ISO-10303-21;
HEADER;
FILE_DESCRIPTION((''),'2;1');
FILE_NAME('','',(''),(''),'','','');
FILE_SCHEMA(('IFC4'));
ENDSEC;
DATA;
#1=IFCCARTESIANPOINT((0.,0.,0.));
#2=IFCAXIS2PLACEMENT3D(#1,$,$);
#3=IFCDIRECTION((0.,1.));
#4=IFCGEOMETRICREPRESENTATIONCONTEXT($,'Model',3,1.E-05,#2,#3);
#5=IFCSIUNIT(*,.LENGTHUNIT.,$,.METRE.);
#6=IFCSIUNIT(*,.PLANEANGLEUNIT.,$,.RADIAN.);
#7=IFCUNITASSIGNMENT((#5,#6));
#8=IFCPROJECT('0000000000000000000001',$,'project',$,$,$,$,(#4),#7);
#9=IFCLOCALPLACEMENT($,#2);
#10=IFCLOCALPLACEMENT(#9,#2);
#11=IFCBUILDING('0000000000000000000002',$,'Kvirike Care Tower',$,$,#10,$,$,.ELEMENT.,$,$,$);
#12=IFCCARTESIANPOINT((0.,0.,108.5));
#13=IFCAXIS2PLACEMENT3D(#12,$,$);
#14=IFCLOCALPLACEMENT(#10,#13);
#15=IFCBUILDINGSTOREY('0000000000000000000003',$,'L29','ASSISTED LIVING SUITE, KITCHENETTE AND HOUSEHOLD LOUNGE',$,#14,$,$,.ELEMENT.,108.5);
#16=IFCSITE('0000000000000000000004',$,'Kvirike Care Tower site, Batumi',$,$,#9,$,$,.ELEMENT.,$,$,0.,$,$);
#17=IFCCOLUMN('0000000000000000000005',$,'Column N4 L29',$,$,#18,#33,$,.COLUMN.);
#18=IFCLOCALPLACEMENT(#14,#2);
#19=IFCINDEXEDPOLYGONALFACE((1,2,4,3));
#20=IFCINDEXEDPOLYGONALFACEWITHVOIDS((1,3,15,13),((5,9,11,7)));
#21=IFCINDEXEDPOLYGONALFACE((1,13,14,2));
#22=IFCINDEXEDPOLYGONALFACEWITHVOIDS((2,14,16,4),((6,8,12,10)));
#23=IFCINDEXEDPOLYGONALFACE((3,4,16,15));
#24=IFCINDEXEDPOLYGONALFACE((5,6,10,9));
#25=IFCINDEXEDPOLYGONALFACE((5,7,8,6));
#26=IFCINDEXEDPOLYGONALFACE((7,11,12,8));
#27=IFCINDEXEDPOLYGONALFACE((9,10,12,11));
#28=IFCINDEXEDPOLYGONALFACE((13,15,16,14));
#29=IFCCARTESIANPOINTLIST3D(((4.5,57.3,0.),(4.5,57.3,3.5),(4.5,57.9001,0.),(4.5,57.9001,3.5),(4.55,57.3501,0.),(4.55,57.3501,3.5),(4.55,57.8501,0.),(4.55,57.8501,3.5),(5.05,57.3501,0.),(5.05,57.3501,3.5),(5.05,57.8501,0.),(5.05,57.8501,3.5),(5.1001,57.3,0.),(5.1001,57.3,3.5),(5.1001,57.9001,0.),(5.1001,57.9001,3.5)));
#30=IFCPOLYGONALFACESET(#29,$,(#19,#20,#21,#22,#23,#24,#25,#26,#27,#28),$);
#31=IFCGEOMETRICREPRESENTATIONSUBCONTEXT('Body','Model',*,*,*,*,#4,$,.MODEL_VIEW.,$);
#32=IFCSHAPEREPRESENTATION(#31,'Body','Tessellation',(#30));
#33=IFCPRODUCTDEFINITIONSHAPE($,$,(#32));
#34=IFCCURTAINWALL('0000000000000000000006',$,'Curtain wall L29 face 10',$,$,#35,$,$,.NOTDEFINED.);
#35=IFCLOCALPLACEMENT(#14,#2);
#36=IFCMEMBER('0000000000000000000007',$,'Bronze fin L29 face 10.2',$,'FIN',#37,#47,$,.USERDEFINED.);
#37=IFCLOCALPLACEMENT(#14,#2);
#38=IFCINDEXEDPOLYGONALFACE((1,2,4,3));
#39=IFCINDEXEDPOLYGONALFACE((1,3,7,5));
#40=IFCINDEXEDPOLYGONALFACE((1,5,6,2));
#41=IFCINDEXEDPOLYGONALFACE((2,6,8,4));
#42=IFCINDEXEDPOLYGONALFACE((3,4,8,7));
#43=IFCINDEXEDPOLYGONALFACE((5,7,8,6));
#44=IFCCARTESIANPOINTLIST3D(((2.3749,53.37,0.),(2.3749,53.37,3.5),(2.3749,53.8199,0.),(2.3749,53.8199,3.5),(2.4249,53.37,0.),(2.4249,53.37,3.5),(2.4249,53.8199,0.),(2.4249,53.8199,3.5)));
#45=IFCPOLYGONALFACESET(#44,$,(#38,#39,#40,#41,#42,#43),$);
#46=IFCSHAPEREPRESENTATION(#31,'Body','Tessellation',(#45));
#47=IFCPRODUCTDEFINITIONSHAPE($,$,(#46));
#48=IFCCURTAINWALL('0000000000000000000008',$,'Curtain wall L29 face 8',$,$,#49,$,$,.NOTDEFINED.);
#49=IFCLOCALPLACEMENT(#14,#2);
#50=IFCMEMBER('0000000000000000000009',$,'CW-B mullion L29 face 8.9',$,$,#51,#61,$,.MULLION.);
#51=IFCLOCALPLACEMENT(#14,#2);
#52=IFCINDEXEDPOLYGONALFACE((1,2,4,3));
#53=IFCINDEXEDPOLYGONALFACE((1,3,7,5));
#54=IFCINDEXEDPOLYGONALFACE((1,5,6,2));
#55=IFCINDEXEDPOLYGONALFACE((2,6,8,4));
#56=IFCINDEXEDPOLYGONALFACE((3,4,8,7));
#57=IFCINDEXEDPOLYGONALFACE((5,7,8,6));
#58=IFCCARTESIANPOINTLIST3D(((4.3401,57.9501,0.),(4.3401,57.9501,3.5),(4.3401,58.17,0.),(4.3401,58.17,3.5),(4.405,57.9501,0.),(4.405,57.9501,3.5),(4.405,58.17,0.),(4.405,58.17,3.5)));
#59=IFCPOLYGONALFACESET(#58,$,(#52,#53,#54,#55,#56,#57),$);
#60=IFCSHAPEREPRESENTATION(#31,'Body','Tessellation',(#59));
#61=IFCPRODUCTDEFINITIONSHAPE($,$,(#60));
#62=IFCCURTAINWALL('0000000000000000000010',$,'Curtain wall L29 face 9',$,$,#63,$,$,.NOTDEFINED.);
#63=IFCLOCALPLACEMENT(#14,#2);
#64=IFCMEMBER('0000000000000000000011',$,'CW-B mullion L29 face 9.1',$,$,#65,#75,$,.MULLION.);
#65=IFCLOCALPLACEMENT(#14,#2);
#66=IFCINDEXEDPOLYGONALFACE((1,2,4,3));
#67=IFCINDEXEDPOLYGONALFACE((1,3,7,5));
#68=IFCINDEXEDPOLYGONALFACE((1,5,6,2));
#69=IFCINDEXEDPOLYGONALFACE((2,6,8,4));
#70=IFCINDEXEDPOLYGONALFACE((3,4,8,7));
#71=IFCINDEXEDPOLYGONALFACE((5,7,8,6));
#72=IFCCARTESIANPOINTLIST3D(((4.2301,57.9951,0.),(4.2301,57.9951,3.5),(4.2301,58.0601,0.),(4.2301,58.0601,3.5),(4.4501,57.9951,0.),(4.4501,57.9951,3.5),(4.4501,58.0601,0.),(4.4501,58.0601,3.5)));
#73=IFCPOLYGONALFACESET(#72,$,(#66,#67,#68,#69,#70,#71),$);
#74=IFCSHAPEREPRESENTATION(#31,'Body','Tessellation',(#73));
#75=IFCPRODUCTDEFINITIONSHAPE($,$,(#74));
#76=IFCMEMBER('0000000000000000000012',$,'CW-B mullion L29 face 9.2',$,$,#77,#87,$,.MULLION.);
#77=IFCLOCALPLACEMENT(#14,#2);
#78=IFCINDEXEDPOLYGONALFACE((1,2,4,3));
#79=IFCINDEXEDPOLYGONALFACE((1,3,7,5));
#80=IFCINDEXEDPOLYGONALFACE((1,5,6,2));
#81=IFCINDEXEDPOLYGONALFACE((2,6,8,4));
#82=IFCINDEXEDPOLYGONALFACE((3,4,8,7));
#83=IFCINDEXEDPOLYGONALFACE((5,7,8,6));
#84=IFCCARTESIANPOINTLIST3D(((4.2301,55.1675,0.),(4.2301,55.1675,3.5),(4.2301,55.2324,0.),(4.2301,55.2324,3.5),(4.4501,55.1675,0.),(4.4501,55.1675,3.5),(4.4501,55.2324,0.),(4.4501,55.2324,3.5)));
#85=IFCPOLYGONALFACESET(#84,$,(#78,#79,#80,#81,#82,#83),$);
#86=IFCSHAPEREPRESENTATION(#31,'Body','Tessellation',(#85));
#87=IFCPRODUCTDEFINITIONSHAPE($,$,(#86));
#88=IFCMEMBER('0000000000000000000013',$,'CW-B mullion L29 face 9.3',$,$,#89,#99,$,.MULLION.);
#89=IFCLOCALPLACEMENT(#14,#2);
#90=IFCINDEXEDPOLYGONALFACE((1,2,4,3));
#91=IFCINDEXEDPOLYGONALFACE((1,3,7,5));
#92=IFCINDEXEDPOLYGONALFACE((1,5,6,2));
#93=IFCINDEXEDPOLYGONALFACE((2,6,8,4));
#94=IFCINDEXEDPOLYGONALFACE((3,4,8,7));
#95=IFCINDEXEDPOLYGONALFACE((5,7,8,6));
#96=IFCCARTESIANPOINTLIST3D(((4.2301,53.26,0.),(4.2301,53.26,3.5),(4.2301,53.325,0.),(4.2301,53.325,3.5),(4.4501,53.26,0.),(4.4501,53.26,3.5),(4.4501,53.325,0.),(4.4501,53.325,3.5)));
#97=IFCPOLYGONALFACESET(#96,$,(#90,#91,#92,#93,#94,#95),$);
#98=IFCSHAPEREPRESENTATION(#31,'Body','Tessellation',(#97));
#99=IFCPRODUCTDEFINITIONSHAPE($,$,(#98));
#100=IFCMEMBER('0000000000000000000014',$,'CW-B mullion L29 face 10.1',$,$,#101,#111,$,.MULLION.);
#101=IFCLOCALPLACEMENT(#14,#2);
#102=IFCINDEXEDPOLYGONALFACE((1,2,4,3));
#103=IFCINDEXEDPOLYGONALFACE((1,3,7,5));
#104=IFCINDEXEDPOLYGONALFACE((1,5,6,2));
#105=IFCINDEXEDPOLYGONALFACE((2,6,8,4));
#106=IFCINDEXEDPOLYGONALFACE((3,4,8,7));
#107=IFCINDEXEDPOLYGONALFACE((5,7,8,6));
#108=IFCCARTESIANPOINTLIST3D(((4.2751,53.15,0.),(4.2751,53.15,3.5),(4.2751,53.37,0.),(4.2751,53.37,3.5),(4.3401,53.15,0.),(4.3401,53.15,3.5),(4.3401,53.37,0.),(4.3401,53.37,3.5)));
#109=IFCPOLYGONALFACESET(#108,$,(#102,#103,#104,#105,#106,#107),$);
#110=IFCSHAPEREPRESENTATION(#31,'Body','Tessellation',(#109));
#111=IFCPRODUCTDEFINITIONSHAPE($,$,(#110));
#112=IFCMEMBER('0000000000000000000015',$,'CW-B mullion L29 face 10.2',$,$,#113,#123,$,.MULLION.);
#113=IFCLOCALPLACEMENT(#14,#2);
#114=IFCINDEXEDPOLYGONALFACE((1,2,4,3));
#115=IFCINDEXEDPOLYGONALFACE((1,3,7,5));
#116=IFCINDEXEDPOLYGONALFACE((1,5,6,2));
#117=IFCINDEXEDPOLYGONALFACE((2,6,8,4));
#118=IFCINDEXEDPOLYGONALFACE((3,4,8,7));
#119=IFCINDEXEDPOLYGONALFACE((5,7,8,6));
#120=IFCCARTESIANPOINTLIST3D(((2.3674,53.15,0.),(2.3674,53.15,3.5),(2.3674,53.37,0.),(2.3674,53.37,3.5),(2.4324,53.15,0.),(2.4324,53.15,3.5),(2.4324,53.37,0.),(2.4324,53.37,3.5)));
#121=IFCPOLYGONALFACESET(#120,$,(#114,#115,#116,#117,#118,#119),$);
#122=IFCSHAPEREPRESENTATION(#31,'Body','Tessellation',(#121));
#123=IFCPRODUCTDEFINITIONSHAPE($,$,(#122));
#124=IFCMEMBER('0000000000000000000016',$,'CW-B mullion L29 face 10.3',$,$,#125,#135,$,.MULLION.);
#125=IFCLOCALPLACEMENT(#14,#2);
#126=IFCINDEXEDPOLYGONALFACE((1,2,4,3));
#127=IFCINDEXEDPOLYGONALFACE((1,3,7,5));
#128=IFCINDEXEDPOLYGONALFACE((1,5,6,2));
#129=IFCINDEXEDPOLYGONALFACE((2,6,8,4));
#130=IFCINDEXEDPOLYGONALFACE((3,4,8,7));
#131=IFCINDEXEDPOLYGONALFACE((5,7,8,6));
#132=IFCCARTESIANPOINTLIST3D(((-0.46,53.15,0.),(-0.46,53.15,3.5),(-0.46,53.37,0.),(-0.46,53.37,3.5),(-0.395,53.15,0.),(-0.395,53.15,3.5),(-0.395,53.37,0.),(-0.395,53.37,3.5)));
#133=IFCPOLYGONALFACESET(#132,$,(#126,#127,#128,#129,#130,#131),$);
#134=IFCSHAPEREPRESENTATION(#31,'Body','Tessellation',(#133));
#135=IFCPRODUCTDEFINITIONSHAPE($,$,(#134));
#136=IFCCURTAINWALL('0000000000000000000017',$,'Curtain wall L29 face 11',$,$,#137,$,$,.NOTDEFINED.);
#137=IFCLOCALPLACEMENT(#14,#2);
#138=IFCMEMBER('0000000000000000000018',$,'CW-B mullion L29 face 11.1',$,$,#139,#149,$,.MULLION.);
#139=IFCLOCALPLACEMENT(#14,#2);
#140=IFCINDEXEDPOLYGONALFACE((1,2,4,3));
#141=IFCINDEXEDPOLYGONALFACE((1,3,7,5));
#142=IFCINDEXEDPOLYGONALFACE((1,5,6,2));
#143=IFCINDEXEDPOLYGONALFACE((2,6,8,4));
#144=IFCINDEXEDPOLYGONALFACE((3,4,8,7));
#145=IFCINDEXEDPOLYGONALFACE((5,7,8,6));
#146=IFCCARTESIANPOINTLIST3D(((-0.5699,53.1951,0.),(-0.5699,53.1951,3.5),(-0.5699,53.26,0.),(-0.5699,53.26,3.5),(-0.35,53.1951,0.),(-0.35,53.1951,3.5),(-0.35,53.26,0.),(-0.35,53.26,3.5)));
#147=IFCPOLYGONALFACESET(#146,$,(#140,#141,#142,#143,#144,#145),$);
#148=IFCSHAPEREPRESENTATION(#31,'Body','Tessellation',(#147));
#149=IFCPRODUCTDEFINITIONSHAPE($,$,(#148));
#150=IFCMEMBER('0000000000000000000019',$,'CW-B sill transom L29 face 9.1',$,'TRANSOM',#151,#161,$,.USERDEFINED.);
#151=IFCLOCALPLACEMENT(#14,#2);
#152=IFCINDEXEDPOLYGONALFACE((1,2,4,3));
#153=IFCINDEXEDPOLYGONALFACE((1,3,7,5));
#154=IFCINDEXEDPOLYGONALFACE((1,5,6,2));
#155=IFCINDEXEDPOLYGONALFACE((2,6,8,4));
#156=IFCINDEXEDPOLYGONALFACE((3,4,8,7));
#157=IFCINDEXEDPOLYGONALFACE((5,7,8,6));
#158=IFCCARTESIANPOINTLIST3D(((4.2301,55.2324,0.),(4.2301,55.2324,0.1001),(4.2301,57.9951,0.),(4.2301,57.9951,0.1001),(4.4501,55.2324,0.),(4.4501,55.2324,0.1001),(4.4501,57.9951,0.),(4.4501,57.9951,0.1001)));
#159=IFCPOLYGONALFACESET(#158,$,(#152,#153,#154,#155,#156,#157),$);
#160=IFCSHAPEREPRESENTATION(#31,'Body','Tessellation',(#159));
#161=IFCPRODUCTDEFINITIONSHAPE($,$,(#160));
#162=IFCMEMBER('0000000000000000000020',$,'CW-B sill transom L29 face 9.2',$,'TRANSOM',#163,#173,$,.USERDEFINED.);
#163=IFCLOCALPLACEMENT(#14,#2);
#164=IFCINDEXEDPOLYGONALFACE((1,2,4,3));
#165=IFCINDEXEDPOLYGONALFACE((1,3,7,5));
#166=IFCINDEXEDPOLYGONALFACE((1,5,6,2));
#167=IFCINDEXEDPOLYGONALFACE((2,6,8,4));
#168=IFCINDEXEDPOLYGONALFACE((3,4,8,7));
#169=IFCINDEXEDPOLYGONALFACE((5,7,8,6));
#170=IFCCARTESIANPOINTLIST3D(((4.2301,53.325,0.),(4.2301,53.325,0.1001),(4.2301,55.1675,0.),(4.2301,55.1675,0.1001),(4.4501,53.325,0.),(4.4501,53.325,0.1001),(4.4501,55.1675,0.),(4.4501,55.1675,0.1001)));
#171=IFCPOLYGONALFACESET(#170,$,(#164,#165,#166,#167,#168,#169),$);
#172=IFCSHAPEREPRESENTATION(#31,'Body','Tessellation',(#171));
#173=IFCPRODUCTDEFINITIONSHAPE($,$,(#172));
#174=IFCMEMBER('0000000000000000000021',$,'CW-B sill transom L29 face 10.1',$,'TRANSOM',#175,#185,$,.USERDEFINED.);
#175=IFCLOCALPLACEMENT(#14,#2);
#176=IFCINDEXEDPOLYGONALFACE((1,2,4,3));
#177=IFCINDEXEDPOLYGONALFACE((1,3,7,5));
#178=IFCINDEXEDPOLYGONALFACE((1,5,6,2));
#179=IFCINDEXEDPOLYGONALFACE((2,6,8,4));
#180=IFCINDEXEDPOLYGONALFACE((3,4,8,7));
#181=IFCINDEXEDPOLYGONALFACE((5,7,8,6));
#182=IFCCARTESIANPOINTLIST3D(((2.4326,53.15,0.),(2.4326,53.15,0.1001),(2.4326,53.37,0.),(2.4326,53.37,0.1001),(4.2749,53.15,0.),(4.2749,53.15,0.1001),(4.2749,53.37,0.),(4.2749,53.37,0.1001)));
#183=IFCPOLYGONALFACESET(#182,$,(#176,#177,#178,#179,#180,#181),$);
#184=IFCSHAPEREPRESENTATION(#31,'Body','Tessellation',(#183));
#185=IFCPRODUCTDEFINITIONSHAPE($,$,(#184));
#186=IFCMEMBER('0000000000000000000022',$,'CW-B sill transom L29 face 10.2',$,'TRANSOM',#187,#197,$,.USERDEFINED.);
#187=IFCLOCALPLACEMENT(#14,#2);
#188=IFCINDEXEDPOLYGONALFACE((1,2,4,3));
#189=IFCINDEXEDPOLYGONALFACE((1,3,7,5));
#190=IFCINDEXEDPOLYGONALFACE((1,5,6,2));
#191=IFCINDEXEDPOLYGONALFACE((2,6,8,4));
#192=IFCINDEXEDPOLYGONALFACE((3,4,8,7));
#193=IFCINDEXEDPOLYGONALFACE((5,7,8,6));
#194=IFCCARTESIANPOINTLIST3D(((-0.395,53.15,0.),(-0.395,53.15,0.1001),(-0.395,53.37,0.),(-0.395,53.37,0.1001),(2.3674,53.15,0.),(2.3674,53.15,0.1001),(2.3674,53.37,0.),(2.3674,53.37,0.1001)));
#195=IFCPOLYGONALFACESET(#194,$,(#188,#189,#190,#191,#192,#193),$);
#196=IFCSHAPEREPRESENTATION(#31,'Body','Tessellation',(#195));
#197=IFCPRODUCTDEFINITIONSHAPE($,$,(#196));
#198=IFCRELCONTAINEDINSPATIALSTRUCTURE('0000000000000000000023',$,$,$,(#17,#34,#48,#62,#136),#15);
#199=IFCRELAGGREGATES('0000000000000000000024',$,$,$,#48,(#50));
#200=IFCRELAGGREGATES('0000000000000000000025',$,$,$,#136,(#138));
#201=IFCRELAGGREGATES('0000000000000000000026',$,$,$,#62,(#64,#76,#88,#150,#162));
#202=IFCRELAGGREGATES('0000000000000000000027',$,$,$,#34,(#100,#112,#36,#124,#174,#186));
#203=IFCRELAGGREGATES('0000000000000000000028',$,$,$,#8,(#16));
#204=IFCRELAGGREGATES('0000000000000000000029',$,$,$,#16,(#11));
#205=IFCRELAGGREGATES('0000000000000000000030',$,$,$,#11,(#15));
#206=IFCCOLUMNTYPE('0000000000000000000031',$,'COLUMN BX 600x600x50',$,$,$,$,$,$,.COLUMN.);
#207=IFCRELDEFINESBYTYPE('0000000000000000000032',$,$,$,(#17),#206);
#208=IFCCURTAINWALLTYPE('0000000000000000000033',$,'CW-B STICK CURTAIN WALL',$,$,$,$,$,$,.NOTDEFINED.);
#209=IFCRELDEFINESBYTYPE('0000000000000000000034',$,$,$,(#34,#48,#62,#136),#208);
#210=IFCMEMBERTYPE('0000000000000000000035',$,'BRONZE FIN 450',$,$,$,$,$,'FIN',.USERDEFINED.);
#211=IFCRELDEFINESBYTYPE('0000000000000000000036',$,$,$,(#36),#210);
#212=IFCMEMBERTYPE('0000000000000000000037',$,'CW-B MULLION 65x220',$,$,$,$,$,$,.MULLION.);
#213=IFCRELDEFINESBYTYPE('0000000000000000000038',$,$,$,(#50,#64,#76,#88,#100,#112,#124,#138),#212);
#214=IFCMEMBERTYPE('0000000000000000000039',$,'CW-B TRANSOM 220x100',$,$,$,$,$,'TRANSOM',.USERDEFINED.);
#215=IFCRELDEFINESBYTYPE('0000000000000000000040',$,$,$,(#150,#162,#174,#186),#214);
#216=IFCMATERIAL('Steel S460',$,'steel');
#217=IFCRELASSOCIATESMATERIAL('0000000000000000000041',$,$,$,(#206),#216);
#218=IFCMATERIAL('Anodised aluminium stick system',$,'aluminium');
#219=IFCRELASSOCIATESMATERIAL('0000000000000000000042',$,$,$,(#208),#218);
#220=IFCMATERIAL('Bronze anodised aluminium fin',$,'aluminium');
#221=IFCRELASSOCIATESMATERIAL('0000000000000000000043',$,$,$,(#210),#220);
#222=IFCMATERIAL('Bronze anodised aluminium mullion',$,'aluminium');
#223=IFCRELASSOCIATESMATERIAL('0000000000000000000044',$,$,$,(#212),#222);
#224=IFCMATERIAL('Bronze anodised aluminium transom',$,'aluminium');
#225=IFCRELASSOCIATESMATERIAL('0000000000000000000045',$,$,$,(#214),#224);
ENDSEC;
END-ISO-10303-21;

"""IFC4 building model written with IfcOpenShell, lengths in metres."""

from ifc_helpers import new_model, si_unit, direction, frame, origin, origin_2d, place, context, subcontext, project, spatial, rectangle, hollow_rectangle, extrude, material, material_profile, profile_set, type_object, element, aggregate, save


model = new_model("IFC4")

# Units and contexts
model_context = context("Model", 3, precision=1e-05, world=origin(), true_north=direction((0.0, 1.0)))
body_context = subcontext(model_context, "Body", "Model", "MODEL_VIEW")
ifc_project = project(units=[si_unit("LENGTHUNIT", "METRE"), si_unit("PLANEANGLEUNIT", "RADIAN")], contexts=[model_context])

# Site, building, storey
site_placement = place(None, origin())
site = spatial("IfcSite", under=ifc_project, at=site_placement, Name="Kvirike Care Tower site, Batumi", CompositionType="ELEMENT", RefElevation=0.0)
building_placement = place(site_placement, origin())
building = spatial("IfcBuilding", under=site, at=building_placement, Name="Kvirike Care Tower", CompositionType="ELEMENT")
storey_placement = place(building_placement, frame((0.0, 0.0, 108.5)))
storey = spatial("IfcBuildingStorey", under=building, at=storey_placement, Name="L29", Description="ASSISTED LIVING SUITE, KITCHENETTE AND HOUSEHOLD LOUNGE", CompositionType="ELEMENT", Elevation=108.5)

# Column
ifc_material_1 = material(Name="Steel S460", Category="steel")
ifc_material_profile_1 = material_profile(ifc_material_1, hollow_rectangle(XDim=0.6001, YDim=0.6001, WallThickness=0.05, at=origin_2d()), Name="BX 600x600x50")
ifc_profile_set_1 = profile_set([ifc_material_profile_1], Name="Steel S460")
column_type = type_object("IfcColumnType", Name="COLUMN BX 600x600x50", PredefinedType="COLUMN", material=ifc_profile_set_1)
column_placement = place(storey_placement, frame((4.8, 57.6001, 0.0), z_axis=(0.0, 0.0, 1.0), x_axis=(0.0, 1.0, 0.0)))
element("IfcColumn", 1, at=column_placement, inside=storey, type_object=column_type, Name="Column N4 L29", PredefinedType="COLUMN", context=body_context, shape_type="SweptSolid", body=[
    extrude(hollow_rectangle(XDim=0.6001, YDim=0.6001, WallThickness=0.05, at=origin_2d()), origin(), (0.0, 0.0, 1.0), 3.5),
])

# Curtain walls, members
ifc_material_2 = material(Name="Anodised aluminium stick system", Category="aluminium")
curtain_wall_type = type_object("IfcCurtainWallType", Name="CW-B STICK CURTAIN WALL", PredefinedType="NOTDEFINED", material=ifc_material_2)
curtain_wall_1_placement = place(storey_placement, origin())
curtain_wall_1 = element("IfcCurtainWall", 2, at=curtain_wall_1_placement, inside=storey, type_object=curtain_wall_type, Name="Curtain wall L29 face 10", PredefinedType="NOTDEFINED")
ifc_material_3 = material(Name="Bronze anodised aluminium fin", Category="aluminium")
ifc_material_profile_2 = material_profile(ifc_material_3, rectangle(XDim=0.05, YDim=0.45, at=origin_2d()), Name="BRONZE FIN 450")
ifc_profile_set_2 = profile_set([ifc_material_profile_2], Name="Bronze anodised aluminium fin")
member_type_1 = type_object("IfcMemberType", Name="BRONZE FIN 450", ElementType="FIN", PredefinedType="USERDEFINED", material=ifc_profile_set_2)
member_1_placement = place(storey_placement, frame((2.3999, 53.595, 0.0), z_axis=(0.0, 0.0, 1.0), x_axis=(-1.0, 0.0, 0.0)))
member_1 = element("IfcMember", 3, at=member_1_placement, type_object=member_type_1, Name="Bronze fin L29 face 10.2", ObjectType="FIN", PredefinedType="USERDEFINED", context=body_context, shape_type="SweptSolid", body=[
    extrude(rectangle(XDim=0.05, YDim=0.45, at=origin_2d()), origin(), (0.0, 0.0, 1.0), 3.5),
])
curtain_wall_2_placement = place(storey_placement, origin())
curtain_wall_2 = element("IfcCurtainWall", 4, at=curtain_wall_2_placement, inside=storey, type_object=curtain_wall_type, Name="Curtain wall L29 face 8", PredefinedType="NOTDEFINED")
ifc_material_4 = material(Name="Bronze anodised aluminium mullion", Category="aluminium")
ifc_material_profile_3 = material_profile(ifc_material_4, rectangle(XDim=0.0649, YDim=0.22, at=origin_2d()), Name="CW-B MULLION 65x220")
ifc_profile_set_3 = profile_set([ifc_material_profile_3], Name="Bronze anodised aluminium mullion")
member_type_2 = type_object("IfcMemberType", Name="CW-B MULLION 65x220", PredefinedType="MULLION", material=ifc_profile_set_3)
member_2_placement = place(storey_placement, frame((4.3726, 58.0601, 0.0), z_axis=(0.0, 0.0, 1.0), x_axis=(-1.0, 0.0, 0.0)))
member_2 = element("IfcMember", 5, at=member_2_placement, type_object=member_type_2, Name="CW-B mullion L29 face 8.9", PredefinedType="MULLION", context=body_context, shape_type="SweptSolid", body=[
    extrude(rectangle(XDim=0.0649, YDim=0.22, at=origin_2d()), origin(), (0.0, 0.0, 1.0), 3.5),
])
aggregate(curtain_wall_2, [member_2])

# Curtain wall, members
curtain_wall_3_placement = place(storey_placement, origin())
curtain_wall_3 = element("IfcCurtainWall", 6, at=curtain_wall_3_placement, inside=storey, type_object=curtain_wall_type, Name="Curtain wall L29 face 9", PredefinedType="NOTDEFINED")
member_3_placement = place(storey_placement, frame((4.3401, 58.0276, 0.0), z_axis=(0.0, 0.0, 1.0), x_axis=(0.0, -1.0, 0.0)))
member_3 = element("IfcMember", 7, at=member_3_placement, type_object=member_type_2, Name="CW-B mullion L29 face 9.1", PredefinedType="MULLION", context=body_context, shape_type="SweptSolid", body=[
    extrude(rectangle(XDim=0.0649, YDim=0.22, at=origin_2d()), origin(), (0.0, 0.0, 1.0), 3.5),
])
member_4_placement = place(storey_placement, frame((4.3401, 55.2, 0.0), z_axis=(0.0, 0.0, 1.0), x_axis=(0.0, -1.0, 0.0)))
member_4 = element("IfcMember", 8, at=member_4_placement, type_object=member_type_2, Name="CW-B mullion L29 face 9.2", PredefinedType="MULLION", context=body_context, shape_type="SweptSolid", body=[
    extrude(rectangle(XDim=0.0649, YDim=0.22, at=origin_2d()), origin(), (0.0, 0.0, 1.0), 3.5),
])
member_5_placement = place(storey_placement, frame((4.3401, 53.2925, 0.0), z_axis=(0.0, 0.0, 1.0), x_axis=(0.0, -1.0, 0.0)))
member_5 = element("IfcMember", 9, at=member_5_placement, type_object=member_type_2, Name="CW-B mullion L29 face 9.3", PredefinedType="MULLION", context=body_context, shape_type="SweptSolid", body=[
    extrude(rectangle(XDim=0.0649, YDim=0.22, at=origin_2d()), origin(), (0.0, 0.0, 1.0), 3.5),
])

# Members
member_6_placement = place(storey_placement, frame((4.3076, 53.26, 0.0), z_axis=(0.0, 0.0, 1.0), x_axis=(-1.0, 0.0, 0.0)))
member_6 = element("IfcMember", 10, at=member_6_placement, type_object=member_type_2, Name="CW-B mullion L29 face 10.1", PredefinedType="MULLION", context=body_context, shape_type="SweptSolid", body=[
    extrude(rectangle(XDim=0.0649, YDim=0.22, at=origin_2d()), origin(), (0.0, 0.0, 1.0), 3.5),
])
member_7_placement = place(storey_placement, frame((2.3999, 53.26, 0.0), z_axis=(0.0, 0.0, 1.0), x_axis=(-1.0, 0.0, 0.0)))
member_7 = element("IfcMember", 11, at=member_7_placement, type_object=member_type_2, Name="CW-B mullion L29 face 10.2", PredefinedType="MULLION", context=body_context, shape_type="SweptSolid", body=[
    extrude(rectangle(XDim=0.0649, YDim=0.22, at=origin_2d()), origin(), (0.0, 0.0, 1.0), 3.5),
])
member_8_placement = place(storey_placement, frame((-0.4275, 53.26, 0.0), z_axis=(0.0, 0.0, 1.0), x_axis=(-1.0, 0.0, 0.0)))
member_8 = element("IfcMember", 12, at=member_8_placement, type_object=member_type_2, Name="CW-B mullion L29 face 10.3", PredefinedType="MULLION", context=body_context, shape_type="SweptSolid", body=[
    extrude(rectangle(XDim=0.0649, YDim=0.22, at=origin_2d()), origin(), (0.0, 0.0, 1.0), 3.5),
])

# Curtain wall, member
curtain_wall_4_placement = place(storey_placement, origin())
curtain_wall_4 = element("IfcCurtainWall", 13, at=curtain_wall_4_placement, inside=storey, type_object=curtain_wall_type, Name="Curtain wall L29 face 11", PredefinedType="NOTDEFINED")
member_9_placement = place(storey_placement, frame((-0.46, 53.2275, 0.0), z_axis=(0.0, 0.0, 1.0), x_axis=(0.0, -1.0, 0.0)))
member_9 = element("IfcMember", 14, at=member_9_placement, type_object=member_type_2, Name="CW-B mullion L29 face 11.1", PredefinedType="MULLION", context=body_context, shape_type="SweptSolid", body=[
    extrude(rectangle(XDim=0.0649, YDim=0.22, at=origin_2d()), origin(), (0.0, 0.0, 1.0), 3.5),
])

# Members
ifc_material_5 = material(Name="Bronze anodised aluminium transom", Category="aluminium")
ifc_material_profile_4 = material_profile(ifc_material_5, rectangle(XDim=0.22, YDim=0.1001, at=origin_2d()), Name="CW-B TRANSOM 220x100")
ifc_profile_set_4 = profile_set([ifc_material_profile_4], Name="Bronze anodised aluminium transom")
member_type_3 = type_object("IfcMemberType", Name="CW-B TRANSOM 220x100", ElementType="TRANSOM", PredefinedType="USERDEFINED", material=ifc_profile_set_4)
member_10_placement = place(storey_placement, frame((4.3401, 57.9951, 0.05), z_axis=(0.0, -1.0, 0.0), x_axis=(1.0, 0.0, 0.0)))
member_10 = element("IfcMember", 15, at=member_10_placement, type_object=member_type_3, Name="CW-B sill transom L29 face 9.1", ObjectType="TRANSOM", PredefinedType="USERDEFINED", context=body_context, shape_type="SweptSolid", body=[
    extrude(rectangle(XDim=0.22, YDim=0.1001, at=origin_2d()), origin(), (0.0, 0.0, 1.0), 2.7627),
])
member_11_placement = place(storey_placement, frame((4.3401, 55.1675, 0.05), z_axis=(0.0, -1.0, 0.0), x_axis=(1.0, 0.0, 0.0)))
member_11 = element("IfcMember", 16, at=member_11_placement, type_object=member_type_3, Name="CW-B sill transom L29 face 9.2", ObjectType="TRANSOM", PredefinedType="USERDEFINED", context=body_context, shape_type="SweptSolid", body=[
    extrude(rectangle(XDim=0.22, YDim=0.1001, at=origin_2d()), origin(), (0.0, 0.0, 1.0), 1.8425),
])
member_12_placement = place(storey_placement, frame((4.2749, 53.26, 0.05), z_axis=(-1.0, 0.0, 0.0), x_axis=(0.0, -1.0, 0.0)))
member_12 = element("IfcMember", 17, at=member_12_placement, type_object=member_type_3, Name="CW-B sill transom L29 face 10.1", ObjectType="TRANSOM", PredefinedType="USERDEFINED", context=body_context, shape_type="SweptSolid", body=[
    extrude(rectangle(XDim=0.22, YDim=0.1001, at=origin_2d()), origin(), (0.0, 0.0, 1.0), 1.8423),
])
member_13_placement = place(storey_placement, frame((2.3674, 53.26, 0.05), z_axis=(-1.0, 0.0, 0.0), x_axis=(0.0, -1.0, 0.0)))
member_13 = element("IfcMember", 18, at=member_13_placement, type_object=member_type_3, Name="CW-B sill transom L29 face 10.2", ObjectType="TRANSOM", PredefinedType="USERDEFINED", context=body_context, shape_type="SweptSolid", body=[
    extrude(rectangle(XDim=0.22, YDim=0.1001, at=origin_2d()), origin(), (0.0, 0.0, 1.0), 2.7625),
])
aggregate(curtain_wall_4, [member_9])

aggregate(curtain_wall_3, [member_3, member_4, member_5, member_10, member_11])
aggregate(curtain_wall_1, [member_6, member_7, member_1, member_8, member_12, member_13])

save(model, "model.ifc")
